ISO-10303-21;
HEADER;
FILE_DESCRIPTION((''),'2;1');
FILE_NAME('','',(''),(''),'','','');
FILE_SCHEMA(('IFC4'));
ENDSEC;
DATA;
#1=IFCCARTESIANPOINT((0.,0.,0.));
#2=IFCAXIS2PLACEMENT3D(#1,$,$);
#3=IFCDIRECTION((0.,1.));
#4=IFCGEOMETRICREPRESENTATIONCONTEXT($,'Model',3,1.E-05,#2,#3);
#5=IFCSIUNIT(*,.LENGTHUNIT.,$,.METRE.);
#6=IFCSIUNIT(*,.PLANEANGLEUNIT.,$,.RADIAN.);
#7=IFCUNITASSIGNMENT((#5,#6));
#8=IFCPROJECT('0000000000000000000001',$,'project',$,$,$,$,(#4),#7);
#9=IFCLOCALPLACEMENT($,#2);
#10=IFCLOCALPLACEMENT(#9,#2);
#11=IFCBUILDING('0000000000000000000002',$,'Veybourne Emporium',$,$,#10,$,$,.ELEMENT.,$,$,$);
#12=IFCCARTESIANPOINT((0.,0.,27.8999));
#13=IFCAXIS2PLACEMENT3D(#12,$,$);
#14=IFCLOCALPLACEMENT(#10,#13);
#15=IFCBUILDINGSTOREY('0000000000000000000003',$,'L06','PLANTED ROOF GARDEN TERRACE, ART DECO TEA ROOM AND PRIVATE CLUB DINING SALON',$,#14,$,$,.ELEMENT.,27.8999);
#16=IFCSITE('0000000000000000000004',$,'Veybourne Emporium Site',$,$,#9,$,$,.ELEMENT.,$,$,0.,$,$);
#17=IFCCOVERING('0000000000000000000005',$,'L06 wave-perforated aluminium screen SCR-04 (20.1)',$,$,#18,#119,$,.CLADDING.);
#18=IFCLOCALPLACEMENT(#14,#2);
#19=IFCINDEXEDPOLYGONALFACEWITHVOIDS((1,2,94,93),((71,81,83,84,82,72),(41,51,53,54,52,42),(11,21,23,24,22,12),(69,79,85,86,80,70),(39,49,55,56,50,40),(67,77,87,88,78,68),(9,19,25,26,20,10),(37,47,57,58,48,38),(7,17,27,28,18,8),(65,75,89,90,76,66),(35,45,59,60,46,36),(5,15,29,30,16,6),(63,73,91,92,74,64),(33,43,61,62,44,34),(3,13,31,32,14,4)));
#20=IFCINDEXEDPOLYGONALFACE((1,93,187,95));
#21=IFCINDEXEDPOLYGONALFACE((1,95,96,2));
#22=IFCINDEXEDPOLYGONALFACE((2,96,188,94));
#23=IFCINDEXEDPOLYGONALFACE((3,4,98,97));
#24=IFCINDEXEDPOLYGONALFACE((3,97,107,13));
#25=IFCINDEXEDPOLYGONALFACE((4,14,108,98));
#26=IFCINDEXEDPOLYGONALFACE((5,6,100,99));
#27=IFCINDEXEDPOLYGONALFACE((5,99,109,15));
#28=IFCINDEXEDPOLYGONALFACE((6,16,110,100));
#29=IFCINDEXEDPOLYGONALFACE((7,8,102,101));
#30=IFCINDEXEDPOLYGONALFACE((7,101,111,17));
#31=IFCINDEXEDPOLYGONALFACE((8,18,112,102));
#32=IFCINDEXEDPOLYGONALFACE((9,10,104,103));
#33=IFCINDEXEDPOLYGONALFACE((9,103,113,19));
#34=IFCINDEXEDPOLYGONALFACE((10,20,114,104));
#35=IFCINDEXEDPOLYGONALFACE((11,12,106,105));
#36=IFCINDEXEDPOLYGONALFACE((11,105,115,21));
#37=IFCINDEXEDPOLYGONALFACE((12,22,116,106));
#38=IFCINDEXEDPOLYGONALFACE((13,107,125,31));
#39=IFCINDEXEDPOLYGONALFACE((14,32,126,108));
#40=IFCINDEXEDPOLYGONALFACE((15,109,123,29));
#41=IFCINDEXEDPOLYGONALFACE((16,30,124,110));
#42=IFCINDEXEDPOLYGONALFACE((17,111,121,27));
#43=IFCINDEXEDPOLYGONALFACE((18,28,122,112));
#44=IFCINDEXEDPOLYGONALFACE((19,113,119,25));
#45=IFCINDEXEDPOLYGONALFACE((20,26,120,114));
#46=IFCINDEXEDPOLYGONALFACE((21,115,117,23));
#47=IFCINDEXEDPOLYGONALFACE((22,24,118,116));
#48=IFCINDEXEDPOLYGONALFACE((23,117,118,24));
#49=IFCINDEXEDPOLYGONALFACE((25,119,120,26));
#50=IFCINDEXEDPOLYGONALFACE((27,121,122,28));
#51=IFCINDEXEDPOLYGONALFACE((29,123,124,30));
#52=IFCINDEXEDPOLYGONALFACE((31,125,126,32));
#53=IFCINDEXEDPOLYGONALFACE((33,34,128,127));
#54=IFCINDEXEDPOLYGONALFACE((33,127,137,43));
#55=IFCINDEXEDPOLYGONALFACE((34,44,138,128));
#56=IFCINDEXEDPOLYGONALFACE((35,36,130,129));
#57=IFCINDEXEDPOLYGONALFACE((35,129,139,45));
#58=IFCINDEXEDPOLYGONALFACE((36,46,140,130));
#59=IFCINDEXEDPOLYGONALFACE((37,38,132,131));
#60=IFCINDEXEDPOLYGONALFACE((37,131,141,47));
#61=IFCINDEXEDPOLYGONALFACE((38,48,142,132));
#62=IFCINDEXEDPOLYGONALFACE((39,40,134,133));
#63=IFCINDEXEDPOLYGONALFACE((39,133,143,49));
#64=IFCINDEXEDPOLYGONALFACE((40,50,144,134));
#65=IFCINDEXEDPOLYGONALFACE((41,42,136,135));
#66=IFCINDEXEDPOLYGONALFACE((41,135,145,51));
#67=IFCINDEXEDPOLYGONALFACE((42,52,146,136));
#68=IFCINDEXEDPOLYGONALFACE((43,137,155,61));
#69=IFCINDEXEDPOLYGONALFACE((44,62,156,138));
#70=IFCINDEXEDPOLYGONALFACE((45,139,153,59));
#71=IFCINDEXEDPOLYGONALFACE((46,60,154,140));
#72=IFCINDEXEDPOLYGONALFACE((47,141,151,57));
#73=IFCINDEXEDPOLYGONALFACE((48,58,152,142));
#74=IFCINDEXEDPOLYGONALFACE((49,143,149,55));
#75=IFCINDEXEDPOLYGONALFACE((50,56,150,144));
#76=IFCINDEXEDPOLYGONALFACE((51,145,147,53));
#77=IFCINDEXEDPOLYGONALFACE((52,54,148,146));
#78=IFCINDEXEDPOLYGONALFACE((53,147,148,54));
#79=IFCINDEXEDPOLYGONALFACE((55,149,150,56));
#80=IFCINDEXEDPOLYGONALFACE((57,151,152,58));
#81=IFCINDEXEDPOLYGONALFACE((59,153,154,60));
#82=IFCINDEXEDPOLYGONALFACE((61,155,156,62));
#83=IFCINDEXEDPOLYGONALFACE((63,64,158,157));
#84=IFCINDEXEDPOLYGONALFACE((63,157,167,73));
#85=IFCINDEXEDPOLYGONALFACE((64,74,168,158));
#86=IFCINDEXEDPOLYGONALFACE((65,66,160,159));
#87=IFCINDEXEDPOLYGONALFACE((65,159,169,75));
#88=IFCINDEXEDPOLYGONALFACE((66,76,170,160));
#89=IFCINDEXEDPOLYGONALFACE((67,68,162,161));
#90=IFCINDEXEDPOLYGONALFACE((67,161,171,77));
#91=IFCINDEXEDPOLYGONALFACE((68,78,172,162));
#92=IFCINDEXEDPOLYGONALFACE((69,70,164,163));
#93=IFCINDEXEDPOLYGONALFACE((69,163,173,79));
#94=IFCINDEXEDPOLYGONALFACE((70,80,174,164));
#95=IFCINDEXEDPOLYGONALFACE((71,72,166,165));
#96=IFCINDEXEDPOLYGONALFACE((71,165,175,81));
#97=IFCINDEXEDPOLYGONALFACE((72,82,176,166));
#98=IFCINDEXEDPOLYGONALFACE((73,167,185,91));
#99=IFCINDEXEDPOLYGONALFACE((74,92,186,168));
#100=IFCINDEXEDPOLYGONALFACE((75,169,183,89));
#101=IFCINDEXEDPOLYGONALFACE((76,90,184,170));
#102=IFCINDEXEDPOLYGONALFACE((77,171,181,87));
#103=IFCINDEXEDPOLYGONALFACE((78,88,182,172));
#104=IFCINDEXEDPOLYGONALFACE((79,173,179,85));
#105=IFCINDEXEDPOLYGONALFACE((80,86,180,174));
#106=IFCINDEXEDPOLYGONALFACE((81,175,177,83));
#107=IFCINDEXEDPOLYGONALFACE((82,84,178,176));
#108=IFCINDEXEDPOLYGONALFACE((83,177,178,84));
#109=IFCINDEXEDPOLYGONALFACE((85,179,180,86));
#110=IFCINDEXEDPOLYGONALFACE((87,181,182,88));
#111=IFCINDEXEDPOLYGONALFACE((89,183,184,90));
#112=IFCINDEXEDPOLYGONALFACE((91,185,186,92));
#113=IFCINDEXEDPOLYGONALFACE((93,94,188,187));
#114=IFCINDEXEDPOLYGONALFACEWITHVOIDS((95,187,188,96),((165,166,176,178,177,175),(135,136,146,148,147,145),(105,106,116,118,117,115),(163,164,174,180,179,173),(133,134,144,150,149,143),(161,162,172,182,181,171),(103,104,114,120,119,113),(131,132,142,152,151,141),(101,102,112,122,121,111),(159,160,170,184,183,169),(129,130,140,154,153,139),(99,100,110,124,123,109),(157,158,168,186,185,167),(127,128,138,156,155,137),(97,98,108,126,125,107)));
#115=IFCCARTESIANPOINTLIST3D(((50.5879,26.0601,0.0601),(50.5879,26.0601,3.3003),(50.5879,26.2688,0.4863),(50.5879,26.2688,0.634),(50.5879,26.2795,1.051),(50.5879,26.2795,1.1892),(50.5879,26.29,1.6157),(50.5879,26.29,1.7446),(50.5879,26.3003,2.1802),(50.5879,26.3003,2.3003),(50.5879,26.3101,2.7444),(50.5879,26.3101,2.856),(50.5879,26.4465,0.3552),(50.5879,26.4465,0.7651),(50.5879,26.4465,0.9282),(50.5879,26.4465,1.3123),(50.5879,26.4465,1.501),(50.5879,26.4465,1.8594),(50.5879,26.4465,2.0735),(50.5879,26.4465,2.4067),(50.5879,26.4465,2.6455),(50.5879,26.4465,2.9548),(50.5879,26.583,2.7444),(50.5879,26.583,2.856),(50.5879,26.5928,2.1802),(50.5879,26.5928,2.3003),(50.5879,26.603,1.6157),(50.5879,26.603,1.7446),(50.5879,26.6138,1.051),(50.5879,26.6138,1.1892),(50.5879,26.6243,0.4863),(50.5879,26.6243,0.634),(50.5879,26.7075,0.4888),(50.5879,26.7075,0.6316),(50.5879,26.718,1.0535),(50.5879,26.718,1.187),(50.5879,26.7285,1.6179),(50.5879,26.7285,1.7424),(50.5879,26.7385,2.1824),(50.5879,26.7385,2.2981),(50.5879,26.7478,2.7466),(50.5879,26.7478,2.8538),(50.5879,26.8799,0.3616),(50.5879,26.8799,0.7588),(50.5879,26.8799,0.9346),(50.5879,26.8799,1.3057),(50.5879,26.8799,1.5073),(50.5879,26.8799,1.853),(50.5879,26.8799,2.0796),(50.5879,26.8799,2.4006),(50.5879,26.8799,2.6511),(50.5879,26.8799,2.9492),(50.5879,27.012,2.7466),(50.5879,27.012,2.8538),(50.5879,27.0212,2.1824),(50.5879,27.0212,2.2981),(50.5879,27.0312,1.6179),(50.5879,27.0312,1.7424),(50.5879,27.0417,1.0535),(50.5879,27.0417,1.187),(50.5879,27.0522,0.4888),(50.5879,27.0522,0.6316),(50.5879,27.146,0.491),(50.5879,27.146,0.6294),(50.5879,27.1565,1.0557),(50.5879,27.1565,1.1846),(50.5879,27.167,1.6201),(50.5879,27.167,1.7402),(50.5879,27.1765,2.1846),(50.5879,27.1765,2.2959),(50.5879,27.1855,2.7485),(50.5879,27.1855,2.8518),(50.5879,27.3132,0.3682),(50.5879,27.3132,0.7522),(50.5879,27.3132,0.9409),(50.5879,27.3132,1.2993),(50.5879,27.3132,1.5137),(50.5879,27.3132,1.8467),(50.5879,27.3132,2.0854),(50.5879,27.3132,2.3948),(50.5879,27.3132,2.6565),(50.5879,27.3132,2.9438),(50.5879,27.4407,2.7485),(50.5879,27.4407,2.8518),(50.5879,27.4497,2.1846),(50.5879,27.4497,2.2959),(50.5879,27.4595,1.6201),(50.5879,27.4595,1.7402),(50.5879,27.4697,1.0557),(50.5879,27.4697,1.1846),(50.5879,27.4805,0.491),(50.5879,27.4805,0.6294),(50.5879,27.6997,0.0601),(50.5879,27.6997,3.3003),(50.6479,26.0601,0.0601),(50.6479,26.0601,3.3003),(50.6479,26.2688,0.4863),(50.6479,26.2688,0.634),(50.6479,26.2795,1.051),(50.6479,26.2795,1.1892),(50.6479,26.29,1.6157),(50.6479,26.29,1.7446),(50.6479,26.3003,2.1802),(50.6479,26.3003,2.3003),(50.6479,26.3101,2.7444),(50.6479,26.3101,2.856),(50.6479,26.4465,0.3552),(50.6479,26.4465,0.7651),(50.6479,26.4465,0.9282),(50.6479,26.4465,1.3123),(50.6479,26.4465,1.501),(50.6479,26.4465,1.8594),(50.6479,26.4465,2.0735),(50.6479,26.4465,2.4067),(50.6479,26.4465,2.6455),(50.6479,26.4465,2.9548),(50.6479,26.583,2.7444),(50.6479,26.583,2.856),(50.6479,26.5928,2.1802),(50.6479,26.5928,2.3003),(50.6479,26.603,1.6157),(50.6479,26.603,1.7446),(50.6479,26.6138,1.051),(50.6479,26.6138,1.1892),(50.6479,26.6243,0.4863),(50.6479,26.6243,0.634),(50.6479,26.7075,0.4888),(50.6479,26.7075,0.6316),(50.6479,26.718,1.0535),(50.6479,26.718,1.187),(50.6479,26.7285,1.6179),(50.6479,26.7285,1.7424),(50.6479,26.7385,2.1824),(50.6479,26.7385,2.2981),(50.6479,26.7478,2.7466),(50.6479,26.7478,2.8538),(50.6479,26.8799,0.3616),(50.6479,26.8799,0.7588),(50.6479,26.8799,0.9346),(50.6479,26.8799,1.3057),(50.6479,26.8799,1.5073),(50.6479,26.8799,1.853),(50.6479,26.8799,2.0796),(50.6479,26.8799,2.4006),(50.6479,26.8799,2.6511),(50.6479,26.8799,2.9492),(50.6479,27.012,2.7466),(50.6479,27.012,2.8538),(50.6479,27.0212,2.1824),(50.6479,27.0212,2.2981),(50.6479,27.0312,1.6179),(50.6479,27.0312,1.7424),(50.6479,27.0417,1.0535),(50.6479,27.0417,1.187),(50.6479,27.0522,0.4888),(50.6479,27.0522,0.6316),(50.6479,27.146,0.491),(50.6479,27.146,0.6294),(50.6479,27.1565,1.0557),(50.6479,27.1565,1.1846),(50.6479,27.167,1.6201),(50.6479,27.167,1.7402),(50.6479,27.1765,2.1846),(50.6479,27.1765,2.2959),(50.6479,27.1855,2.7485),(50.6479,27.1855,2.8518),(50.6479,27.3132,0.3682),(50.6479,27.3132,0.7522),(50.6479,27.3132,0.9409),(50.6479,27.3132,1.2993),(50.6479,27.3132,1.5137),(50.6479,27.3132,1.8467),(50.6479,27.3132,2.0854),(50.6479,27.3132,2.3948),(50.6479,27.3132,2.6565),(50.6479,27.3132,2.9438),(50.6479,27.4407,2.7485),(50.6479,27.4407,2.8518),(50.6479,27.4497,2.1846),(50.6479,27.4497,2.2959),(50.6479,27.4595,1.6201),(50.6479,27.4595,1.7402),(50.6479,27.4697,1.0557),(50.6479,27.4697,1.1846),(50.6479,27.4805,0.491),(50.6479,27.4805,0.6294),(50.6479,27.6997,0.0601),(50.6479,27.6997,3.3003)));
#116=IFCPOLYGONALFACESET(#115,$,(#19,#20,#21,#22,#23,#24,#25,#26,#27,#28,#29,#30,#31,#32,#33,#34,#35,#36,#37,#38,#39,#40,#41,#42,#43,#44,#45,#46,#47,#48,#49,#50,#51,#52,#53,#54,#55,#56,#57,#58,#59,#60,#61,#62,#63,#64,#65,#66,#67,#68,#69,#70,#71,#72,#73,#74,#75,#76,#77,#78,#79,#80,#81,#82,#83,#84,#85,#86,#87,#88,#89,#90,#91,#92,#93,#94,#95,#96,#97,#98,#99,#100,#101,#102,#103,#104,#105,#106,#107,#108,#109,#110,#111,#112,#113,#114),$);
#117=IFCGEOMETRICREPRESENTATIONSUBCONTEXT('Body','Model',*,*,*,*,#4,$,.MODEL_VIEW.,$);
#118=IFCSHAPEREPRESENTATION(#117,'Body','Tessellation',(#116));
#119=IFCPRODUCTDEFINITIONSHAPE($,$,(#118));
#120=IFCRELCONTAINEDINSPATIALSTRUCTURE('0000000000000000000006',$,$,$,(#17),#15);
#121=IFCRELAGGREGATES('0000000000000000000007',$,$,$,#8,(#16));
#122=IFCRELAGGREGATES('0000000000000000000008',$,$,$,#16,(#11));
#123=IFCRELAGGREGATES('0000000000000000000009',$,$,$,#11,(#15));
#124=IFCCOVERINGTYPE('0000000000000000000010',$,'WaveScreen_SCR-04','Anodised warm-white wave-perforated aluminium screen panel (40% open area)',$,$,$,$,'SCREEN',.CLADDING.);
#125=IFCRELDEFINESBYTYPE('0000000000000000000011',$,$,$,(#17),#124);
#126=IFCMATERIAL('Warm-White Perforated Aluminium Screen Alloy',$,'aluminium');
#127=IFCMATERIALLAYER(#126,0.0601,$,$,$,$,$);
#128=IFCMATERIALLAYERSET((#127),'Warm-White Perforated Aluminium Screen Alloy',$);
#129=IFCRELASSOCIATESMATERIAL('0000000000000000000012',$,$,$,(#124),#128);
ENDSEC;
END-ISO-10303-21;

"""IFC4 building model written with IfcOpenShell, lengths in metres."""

from ifc_helpers import new_model, si_unit, direction, frame, origin, place, context, subcontext, project, spatial, polyline, outline, extrude, material, layer, layer_set, type_object, element, save


model = new_model("IFC4")

# Units and contexts
model_context = context("Model", 3, precision=1e-05, world=origin(), true_north=direction((0.0, 1.0)))
body_context = subcontext(model_context, "Body", "Model", "MODEL_VIEW")
ifc_project = project(units=[si_unit("LENGTHUNIT", "METRE"), si_unit("PLANEANGLEUNIT", "RADIAN")], contexts=[model_context])

# Site, building, storey
site_placement = place(None, origin())
site = spatial("IfcSite", under=ifc_project, at=site_placement, Name="Veybourne Emporium Site", CompositionType="ELEMENT", RefElevation=0.0)
building_placement = place(site_placement, origin())
building = spatial("IfcBuilding", under=site, at=building_placement, Name="Veybourne Emporium", CompositionType="ELEMENT")
storey_placement = place(building_placement, frame((0.0, 0.0, 27.8999)))
storey = spatial("IfcBuildingStorey", under=building, at=storey_placement, Name="L06", Description="PLANTED ROOF GARDEN TERRACE, ART DECO TEA ROOM AND PRIVATE CLUB DINING SALON", CompositionType="ELEMENT", Elevation=27.8999)

# Covering
ifc_material_1 = material(Name="Warm-White Perforated Aluminium Screen Alloy", Category="aluminium")
ifc_layer_1 = layer(ifc_material_1, 0.0601)
ifc_layer_set_1 = layer_set([ifc_layer_1], Name="Warm-White Perforated Aluminium Screen Alloy")
covering_type_1 = type_object("IfcCoveringType", Name="WaveScreen_SCR-04", Description="Anodised warm-white wave-perforated aluminium screen panel (40% open area)", ElementType="SCREEN", PredefinedType="CLADDING", material=ifc_layer_set_1)
covering_1_placement = place(storey_placement, frame((50.6479, 26.8799, 1.6802), z_axis=(-1.0, 0.0, 0.0), x_axis=(0.0, -1.0, 0.0)))
element("IfcCovering", 1, at=covering_1_placement, inside=storey, type_object=covering_type_1, Name="L06 wave-perforated aluminium screen SCR-04 (20.1)", PredefinedType="CLADDING", context=body_context, shape_type="SweptSolid", body=[
    extrude(outline(polyline([(-0.8198, -1.6201), (0.8198, -1.6201), (0.8198, 1.6201), (-0.8198, 1.6201), (-0.8198, -1.6201)]), holes=[polyline([(-0.4333, -0.928), (-0.2661, -1.0508), (-0.2661, -1.1892), (-0.4333, -1.312), (-0.6006, -1.1892), (-0.6006, -1.0508), (-0.4333, -0.928)]), polyline([(-0.4333, -0.3809), (-0.2766, -0.4956), (-0.2766, -0.6245), (-0.4333, -0.7393), (-0.5898, -0.6245), (-0.5898, -0.4956), (-0.4333, -0.3809)]), polyline([(-0.4333, 0.1665), (-0.2871, 0.0601), (-0.2871, -0.0601), (-0.4333, -0.1665), (-0.5796, -0.0601), (-0.5796, 0.0601), (-0.4333, 0.1665)]), polyline([(-0.4333, 0.7146), (-0.2966, 0.6157), (-0.2966, 0.5044), (-0.4333, 0.4053), (-0.5698, 0.5044), (-0.5698, 0.6157), (-0.4333, 0.7146)]), polyline([(-0.4333, 1.2637), (-0.3057, 1.1716), (-0.3057, 1.0684), (-0.4333, 0.9763), (-0.5608, 1.0684), (-0.5608, 1.1716), (-0.4333, 1.2637)]), polyline([(0.0, -0.9214), (0.1724, -1.0486), (0.1724, -1.1914), (0.0, -1.3186), (-0.1724, -1.1914), (-0.1724, -1.0486), (0.0, -0.9214)]), polyline([(0.0, -0.3745), (0.1619, -0.4932), (0.1619, -0.6267), (0.0, -0.7456), (-0.1619, -0.6267), (-0.1619, -0.4932), (0.0, -0.3745)]), polyline([(0.0, 0.1729), (0.1514, 0.0623), (0.1514, -0.0623), (0.0, -0.1729), (-0.1514, -0.0623), (-0.1514, 0.0623), (0.0, 0.1729)]), polyline([(0.0, 0.7205), (0.1414, 0.6179), (0.1414, 0.5022), (0.0, 0.3994), (-0.1414, 0.5022), (-0.1414, 0.6179), (0.0, 0.7205)]), polyline([(0.0, 1.269), (0.1321, 1.1736), (0.1321, 1.0664), (0.0, 0.9709), (-0.1321, 1.0664), (-0.1321, 1.1736), (0.0, 1.269)]), polyline([(0.4333, -0.915), (0.6111, -1.0461), (0.6111, -1.1938), (0.4333, -1.325), (0.2556, -1.1938), (0.2556, -1.0461), (0.4333, -0.915)]), polyline([(0.4333, -0.3679), (0.6003, -0.491), (0.6003, -0.6292), (0.4333, -0.752), (0.2661, -0.6292), (0.2661, -0.491), (0.4333, -0.3679)]), polyline([(0.4333, 0.1792), (0.5898, 0.0645), (0.5898, -0.0645), (0.4333, -0.1792), (0.2769, -0.0645), (0.2769, 0.0645), (0.4333, 0.1792)]), polyline([(0.4333, 0.7266), (0.5796, 0.6201), (0.5796, 0.5), (0.4333, 0.3933), (0.2871, 0.5), (0.2871, 0.6201), (0.4333, 0.7266)]), polyline([(0.4333, 1.2747), (0.5698, 1.1758), (0.5698, 1.0642), (0.4333, 0.9653), (0.2969, 1.0642), (0.2969, 1.1758), (0.4333, 1.2747)])]), origin(), (0.0, 0.0, 1.0), 0.0601),
])

save(model, "model.ifc")
